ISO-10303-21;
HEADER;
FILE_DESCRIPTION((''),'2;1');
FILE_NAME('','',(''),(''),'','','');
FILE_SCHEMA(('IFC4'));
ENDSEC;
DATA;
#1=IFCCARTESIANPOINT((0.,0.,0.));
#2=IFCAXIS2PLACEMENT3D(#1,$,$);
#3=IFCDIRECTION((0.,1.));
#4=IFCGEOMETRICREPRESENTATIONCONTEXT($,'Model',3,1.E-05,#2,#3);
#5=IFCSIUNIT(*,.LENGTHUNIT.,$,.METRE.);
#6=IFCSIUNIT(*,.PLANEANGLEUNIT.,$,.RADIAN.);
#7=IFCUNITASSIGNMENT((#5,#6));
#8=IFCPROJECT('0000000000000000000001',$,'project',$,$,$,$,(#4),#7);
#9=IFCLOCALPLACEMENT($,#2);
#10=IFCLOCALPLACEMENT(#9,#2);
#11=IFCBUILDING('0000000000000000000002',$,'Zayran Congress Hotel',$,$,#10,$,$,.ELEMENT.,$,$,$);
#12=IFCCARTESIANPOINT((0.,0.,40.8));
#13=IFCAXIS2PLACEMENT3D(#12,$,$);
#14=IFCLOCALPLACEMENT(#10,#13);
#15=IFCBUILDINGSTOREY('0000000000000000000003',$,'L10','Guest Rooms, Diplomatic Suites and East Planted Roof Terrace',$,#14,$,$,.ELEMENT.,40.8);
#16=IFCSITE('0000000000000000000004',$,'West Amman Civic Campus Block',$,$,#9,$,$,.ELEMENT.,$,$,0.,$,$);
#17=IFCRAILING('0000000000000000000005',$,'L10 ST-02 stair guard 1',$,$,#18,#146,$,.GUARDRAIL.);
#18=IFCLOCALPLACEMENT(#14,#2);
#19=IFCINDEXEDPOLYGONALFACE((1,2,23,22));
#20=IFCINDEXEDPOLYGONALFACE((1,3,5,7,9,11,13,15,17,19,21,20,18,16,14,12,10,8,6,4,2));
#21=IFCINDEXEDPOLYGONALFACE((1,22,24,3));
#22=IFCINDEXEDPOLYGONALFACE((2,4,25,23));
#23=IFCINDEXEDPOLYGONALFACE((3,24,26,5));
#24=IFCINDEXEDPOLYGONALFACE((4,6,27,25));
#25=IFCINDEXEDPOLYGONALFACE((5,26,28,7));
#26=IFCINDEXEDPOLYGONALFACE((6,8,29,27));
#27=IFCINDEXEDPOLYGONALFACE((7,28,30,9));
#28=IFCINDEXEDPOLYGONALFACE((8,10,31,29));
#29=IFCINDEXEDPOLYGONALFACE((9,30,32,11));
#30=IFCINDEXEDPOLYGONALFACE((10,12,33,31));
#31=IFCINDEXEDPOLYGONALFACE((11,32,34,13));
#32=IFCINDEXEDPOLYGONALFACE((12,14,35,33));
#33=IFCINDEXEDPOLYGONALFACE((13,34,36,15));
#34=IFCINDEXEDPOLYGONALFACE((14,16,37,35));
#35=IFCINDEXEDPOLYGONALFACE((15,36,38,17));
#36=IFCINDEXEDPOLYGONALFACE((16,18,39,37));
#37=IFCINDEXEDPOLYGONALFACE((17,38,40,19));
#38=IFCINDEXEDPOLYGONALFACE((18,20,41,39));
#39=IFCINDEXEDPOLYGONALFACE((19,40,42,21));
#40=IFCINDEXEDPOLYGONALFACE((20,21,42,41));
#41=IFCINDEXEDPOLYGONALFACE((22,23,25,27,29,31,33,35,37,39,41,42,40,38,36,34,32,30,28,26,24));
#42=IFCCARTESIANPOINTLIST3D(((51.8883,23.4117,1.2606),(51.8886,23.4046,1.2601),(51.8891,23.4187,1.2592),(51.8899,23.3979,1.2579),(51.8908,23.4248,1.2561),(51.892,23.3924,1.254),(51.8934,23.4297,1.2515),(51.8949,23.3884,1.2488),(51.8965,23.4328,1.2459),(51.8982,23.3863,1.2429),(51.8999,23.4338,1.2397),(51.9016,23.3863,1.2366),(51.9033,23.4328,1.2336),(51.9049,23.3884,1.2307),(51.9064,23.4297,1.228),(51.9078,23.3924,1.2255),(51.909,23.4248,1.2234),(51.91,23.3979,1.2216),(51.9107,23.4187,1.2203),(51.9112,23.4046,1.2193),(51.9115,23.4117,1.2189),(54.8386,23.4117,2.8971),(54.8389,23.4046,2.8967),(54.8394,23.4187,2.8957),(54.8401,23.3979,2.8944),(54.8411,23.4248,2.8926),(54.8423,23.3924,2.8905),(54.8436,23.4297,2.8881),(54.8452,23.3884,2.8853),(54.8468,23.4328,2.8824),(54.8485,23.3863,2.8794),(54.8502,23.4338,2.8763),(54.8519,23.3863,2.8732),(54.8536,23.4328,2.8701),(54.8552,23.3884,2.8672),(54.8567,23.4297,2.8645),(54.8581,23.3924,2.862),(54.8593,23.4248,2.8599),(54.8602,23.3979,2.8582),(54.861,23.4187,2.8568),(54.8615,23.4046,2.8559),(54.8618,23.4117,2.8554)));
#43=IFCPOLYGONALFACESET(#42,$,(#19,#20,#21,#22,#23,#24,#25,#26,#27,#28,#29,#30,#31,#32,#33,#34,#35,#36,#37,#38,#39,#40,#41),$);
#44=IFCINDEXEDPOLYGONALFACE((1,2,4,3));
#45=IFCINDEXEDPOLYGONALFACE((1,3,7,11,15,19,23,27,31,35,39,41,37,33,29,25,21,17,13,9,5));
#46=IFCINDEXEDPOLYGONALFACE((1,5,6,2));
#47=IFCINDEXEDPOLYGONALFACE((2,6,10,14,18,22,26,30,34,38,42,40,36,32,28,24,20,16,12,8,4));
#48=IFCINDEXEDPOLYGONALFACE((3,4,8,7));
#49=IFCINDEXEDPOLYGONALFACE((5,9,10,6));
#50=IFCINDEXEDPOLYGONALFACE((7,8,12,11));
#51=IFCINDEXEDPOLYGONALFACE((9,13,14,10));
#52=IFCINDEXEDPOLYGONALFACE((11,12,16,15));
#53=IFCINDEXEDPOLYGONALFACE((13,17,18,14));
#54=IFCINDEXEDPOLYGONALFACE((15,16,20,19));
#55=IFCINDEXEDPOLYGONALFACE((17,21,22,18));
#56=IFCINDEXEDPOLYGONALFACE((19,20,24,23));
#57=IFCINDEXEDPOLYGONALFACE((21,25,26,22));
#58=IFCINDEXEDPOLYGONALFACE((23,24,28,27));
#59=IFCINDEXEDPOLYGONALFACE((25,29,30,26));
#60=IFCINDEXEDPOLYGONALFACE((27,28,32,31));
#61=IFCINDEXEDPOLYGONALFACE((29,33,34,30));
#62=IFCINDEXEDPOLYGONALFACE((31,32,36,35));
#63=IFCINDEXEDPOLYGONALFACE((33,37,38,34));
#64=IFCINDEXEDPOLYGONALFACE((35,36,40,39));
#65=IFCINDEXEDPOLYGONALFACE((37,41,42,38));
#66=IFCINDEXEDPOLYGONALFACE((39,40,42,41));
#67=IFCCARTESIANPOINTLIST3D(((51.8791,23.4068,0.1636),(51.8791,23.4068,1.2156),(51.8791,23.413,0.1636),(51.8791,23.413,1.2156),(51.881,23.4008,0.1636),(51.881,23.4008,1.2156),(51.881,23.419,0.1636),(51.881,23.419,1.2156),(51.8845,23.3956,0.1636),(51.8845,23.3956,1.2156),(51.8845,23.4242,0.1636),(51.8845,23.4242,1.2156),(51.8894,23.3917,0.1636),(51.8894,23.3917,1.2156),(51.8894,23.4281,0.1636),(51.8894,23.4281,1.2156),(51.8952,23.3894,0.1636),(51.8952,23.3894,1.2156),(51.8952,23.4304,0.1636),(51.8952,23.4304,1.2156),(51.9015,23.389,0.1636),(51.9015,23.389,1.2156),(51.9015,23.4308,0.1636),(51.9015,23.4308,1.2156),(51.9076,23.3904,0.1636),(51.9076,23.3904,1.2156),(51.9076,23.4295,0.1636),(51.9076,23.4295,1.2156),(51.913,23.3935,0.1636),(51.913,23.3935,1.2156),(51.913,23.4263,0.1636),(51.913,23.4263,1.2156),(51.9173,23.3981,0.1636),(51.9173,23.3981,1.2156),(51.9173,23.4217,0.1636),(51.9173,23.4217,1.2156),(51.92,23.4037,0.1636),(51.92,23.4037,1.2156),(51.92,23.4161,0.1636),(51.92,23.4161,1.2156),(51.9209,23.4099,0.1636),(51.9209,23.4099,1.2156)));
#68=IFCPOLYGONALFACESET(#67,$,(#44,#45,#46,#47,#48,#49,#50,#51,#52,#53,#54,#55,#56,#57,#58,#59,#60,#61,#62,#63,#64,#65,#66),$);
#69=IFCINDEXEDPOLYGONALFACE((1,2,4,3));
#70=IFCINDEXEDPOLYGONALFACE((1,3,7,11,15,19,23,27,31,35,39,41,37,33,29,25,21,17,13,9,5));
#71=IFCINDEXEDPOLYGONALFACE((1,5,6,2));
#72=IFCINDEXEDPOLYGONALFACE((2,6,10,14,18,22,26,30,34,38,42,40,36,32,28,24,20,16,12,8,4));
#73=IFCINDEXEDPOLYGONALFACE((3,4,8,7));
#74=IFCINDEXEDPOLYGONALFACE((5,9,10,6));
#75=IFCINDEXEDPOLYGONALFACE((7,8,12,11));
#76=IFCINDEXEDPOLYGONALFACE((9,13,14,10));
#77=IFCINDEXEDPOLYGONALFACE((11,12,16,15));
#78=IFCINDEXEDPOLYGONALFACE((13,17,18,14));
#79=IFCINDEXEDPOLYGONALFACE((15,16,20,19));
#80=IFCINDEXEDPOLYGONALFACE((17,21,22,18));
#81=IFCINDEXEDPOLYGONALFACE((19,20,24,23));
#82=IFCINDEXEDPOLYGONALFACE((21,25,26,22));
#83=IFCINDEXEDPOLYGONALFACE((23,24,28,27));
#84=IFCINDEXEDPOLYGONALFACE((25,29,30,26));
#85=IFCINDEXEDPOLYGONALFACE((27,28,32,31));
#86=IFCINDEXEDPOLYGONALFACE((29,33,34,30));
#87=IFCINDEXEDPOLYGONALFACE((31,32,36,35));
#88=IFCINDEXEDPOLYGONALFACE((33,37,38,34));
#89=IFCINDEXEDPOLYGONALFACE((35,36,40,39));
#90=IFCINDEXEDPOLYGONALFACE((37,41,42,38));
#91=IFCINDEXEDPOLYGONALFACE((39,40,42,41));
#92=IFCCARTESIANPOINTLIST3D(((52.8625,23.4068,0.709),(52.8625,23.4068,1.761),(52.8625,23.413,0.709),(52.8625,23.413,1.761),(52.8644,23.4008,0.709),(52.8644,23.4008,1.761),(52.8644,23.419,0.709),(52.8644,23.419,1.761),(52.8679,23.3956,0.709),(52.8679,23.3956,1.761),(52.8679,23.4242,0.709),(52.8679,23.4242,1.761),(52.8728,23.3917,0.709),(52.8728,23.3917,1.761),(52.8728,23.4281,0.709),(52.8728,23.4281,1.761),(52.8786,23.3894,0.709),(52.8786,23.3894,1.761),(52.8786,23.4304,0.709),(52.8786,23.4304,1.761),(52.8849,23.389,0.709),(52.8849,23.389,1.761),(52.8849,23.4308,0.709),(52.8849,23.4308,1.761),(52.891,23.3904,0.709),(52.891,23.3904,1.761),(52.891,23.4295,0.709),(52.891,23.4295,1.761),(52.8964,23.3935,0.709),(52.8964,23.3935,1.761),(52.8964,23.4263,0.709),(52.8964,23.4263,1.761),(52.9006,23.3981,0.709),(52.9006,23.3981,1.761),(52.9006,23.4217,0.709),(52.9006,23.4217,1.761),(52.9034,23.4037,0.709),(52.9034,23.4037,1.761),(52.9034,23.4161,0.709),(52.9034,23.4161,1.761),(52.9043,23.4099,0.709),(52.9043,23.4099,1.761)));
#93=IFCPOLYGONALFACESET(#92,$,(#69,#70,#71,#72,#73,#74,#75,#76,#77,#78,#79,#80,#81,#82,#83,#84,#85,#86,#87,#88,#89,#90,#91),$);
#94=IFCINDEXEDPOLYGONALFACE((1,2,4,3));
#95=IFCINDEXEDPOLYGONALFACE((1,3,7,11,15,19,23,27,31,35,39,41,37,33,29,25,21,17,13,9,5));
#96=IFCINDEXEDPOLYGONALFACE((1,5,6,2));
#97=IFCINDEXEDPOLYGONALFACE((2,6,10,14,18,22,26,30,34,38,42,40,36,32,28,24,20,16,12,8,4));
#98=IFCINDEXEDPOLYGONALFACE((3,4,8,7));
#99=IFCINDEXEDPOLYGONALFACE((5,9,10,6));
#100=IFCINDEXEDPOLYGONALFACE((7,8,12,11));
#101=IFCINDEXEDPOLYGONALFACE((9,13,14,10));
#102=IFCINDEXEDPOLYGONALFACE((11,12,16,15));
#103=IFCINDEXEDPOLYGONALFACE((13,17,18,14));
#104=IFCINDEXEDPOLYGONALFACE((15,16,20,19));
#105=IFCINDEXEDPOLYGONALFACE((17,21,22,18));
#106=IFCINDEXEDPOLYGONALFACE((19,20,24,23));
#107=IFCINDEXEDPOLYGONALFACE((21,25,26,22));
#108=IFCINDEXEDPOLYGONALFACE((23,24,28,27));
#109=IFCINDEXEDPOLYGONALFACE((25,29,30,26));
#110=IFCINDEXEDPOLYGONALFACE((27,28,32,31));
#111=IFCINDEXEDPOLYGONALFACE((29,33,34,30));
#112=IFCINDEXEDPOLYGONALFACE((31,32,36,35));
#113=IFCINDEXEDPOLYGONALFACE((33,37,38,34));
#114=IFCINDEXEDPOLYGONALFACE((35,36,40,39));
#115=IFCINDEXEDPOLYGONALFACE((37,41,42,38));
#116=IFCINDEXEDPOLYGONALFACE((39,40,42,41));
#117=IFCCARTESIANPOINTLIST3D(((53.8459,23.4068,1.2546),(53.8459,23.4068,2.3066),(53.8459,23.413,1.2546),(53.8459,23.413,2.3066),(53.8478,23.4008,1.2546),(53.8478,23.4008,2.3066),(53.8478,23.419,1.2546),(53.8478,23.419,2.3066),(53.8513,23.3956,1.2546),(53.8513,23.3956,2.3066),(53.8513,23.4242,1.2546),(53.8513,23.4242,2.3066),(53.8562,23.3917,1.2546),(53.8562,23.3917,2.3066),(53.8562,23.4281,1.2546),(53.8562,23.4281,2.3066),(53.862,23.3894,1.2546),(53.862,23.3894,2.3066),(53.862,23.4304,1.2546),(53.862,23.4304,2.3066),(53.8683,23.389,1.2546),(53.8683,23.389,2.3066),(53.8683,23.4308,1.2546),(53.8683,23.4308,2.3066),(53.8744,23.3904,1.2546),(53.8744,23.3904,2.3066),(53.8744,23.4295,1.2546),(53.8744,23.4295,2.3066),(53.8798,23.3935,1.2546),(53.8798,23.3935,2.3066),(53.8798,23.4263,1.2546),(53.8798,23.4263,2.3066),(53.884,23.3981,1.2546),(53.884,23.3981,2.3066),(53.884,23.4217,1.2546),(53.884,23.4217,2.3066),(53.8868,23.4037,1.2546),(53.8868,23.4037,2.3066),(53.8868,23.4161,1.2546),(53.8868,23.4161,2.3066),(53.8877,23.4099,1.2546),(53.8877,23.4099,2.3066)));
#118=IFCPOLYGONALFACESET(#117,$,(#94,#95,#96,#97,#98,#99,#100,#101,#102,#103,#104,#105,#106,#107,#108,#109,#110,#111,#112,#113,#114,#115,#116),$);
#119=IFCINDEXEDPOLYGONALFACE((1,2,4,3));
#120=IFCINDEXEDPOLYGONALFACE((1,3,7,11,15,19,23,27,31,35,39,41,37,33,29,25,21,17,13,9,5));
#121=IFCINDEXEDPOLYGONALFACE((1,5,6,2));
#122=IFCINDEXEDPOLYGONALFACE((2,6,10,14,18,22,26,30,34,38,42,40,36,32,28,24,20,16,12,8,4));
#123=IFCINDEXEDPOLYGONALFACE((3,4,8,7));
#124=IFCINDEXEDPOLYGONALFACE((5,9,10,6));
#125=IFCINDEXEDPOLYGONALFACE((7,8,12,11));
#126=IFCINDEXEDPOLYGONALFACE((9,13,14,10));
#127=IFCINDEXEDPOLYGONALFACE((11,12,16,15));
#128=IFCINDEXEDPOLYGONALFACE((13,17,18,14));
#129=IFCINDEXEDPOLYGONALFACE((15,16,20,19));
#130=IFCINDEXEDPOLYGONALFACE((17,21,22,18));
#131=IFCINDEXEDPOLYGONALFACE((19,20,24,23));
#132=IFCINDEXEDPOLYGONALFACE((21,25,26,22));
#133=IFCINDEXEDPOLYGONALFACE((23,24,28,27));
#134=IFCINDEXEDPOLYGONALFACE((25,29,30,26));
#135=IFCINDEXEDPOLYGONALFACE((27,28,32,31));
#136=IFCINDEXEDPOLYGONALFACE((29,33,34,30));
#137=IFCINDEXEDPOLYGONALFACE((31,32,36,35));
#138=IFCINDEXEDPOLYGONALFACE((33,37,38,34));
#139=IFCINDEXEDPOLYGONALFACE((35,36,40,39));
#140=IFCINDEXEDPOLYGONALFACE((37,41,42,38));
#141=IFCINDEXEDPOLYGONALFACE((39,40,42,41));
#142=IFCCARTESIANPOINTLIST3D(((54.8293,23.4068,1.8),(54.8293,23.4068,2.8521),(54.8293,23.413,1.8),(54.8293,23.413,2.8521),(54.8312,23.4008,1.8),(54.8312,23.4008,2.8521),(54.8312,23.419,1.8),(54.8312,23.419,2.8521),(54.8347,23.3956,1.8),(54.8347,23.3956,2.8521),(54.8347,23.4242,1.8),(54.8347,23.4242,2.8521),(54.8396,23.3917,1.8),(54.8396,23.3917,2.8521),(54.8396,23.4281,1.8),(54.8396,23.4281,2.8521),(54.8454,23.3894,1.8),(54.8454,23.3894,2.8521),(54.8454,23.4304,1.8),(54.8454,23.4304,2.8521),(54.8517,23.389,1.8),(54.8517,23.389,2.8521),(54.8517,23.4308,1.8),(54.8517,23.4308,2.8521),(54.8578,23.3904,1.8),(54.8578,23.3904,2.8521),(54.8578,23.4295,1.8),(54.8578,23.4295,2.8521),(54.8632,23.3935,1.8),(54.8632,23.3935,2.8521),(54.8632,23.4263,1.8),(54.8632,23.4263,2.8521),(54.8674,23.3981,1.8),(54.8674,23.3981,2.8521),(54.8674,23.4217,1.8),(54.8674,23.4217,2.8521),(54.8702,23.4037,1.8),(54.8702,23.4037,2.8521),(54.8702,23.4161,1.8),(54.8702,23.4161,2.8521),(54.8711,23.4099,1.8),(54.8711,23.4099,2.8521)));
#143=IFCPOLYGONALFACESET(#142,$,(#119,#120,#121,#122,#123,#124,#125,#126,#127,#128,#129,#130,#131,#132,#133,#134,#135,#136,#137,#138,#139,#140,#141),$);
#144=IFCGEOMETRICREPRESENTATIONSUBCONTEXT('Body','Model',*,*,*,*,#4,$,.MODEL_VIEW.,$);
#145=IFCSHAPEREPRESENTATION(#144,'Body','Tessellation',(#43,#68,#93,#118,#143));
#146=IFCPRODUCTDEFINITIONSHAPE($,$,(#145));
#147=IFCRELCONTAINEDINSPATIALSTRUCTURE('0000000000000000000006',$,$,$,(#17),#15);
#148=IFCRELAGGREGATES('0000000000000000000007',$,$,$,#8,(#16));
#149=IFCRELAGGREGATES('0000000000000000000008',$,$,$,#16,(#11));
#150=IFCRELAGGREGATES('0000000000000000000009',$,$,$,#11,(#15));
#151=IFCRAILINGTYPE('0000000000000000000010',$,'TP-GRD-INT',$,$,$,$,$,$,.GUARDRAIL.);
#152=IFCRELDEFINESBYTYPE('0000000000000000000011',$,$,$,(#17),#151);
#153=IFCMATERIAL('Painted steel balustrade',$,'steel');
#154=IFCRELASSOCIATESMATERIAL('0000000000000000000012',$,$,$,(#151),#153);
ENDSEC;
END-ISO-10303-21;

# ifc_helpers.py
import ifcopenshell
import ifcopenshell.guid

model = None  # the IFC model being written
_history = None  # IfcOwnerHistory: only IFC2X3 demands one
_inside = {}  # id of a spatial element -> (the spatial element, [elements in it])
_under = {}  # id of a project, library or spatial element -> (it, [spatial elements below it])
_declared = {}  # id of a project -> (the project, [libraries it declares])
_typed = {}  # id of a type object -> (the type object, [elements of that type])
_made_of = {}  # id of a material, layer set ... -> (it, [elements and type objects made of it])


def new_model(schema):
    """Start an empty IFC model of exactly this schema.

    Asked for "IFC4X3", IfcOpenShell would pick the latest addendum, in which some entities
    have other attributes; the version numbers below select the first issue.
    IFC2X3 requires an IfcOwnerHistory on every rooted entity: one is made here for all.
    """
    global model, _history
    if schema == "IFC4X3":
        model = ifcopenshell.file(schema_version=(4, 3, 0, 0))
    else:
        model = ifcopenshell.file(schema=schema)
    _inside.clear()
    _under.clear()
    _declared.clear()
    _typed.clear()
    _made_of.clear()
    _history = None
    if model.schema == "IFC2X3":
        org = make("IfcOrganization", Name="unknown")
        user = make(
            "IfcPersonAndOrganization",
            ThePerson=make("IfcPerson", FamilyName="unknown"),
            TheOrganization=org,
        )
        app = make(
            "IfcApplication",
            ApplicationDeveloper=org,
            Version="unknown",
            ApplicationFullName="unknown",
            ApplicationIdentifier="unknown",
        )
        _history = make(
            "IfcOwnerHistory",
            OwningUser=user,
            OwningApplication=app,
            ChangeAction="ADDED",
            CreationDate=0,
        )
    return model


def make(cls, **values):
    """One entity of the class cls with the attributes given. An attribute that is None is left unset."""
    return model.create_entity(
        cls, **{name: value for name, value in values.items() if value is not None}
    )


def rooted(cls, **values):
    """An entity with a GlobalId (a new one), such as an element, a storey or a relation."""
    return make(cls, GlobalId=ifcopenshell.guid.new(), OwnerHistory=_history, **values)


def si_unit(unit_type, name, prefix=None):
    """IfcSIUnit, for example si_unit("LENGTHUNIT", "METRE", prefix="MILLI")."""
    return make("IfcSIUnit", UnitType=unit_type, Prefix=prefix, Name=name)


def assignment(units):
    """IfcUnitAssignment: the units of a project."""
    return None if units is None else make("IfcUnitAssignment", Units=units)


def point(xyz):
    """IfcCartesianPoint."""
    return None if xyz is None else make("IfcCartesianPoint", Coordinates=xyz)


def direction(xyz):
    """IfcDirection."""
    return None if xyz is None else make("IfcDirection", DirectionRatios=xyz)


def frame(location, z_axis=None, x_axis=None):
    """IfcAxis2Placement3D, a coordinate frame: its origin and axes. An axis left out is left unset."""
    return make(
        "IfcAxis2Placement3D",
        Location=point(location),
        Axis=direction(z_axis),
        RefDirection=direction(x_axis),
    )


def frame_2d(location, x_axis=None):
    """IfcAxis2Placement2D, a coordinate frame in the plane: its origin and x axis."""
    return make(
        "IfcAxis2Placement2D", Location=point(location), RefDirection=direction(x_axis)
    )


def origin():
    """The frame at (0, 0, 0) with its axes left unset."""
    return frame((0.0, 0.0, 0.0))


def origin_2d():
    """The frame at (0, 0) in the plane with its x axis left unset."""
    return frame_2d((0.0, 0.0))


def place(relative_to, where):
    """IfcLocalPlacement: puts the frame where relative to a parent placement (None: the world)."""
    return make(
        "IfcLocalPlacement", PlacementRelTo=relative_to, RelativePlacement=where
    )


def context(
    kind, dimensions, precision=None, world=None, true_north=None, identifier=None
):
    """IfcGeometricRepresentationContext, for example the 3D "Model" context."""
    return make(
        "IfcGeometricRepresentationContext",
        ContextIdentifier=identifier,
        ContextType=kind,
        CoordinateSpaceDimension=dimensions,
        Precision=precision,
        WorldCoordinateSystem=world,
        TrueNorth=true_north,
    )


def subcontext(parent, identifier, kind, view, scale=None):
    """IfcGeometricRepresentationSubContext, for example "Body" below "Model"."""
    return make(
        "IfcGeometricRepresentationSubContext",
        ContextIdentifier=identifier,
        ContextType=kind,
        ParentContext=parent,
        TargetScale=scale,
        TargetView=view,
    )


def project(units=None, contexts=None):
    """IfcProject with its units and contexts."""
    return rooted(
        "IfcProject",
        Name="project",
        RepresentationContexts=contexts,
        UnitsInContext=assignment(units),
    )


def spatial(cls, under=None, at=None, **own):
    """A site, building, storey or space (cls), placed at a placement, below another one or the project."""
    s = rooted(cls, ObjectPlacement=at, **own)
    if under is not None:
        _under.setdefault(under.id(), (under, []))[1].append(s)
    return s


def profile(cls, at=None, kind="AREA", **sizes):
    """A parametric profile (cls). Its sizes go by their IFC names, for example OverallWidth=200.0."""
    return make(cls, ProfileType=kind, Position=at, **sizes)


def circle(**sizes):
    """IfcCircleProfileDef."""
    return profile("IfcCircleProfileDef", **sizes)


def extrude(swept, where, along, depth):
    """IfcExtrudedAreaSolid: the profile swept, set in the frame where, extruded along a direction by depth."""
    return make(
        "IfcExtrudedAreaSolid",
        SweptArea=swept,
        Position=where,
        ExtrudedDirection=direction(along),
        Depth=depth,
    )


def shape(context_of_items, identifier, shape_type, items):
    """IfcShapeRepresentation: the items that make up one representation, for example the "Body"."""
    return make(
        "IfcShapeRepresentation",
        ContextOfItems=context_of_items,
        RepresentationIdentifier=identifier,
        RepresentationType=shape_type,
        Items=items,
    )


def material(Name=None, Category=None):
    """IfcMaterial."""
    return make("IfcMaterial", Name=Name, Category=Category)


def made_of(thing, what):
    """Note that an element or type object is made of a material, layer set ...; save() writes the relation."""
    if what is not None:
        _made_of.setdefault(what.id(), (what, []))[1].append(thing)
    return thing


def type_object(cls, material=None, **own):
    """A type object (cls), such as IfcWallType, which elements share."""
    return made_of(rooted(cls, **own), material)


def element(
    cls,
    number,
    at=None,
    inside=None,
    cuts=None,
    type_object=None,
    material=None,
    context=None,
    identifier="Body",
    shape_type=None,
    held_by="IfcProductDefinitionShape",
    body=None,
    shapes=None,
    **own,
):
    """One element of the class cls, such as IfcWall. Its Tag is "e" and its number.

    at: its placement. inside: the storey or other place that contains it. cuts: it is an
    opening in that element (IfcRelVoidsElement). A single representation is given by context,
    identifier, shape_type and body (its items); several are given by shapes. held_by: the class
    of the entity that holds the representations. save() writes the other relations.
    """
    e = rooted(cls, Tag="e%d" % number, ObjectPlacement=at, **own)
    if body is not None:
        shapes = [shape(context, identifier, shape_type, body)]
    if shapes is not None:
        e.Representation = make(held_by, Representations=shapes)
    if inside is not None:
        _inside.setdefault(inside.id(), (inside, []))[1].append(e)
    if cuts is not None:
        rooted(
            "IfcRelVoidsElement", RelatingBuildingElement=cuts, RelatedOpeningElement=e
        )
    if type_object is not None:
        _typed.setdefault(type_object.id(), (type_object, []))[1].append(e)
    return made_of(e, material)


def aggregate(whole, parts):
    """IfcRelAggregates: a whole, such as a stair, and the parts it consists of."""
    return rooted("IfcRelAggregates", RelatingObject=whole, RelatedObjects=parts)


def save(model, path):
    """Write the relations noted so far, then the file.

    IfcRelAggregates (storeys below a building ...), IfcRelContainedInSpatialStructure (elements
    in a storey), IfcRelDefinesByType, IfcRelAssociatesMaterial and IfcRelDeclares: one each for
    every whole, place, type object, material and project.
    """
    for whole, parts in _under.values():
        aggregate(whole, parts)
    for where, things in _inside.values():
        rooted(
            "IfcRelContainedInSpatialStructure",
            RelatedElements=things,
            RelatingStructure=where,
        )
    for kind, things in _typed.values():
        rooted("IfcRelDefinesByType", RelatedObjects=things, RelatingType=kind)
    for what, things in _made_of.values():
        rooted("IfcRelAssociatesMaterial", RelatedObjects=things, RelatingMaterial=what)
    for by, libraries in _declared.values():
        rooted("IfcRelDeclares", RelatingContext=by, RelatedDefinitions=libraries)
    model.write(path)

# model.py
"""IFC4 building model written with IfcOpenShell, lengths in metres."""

from ifc_helpers import new_model, si_unit, direction, frame, origin, origin_2d, place, context, subcontext, project, spatial, circle, extrude, material, type_object, element, save


model = new_model("IFC4")

# Units and contexts
model_context = context("Model", 3, precision=1e-05, world=origin(), true_north=direction((0.0, 1.0)))
body_context = subcontext(model_context, "Body", "Model", "MODEL_VIEW")
ifc_project = project(units=[si_unit("LENGTHUNIT", "METRE"), si_unit("PLANEANGLEUNIT", "RADIAN")], contexts=[model_context])

# Site, building, storey
site_placement = place(None, origin())
site = spatial("IfcSite", under=ifc_project, at=site_placement, Name="West Amman Civic Campus Block", CompositionType="ELEMENT", RefElevation=0.0)
building_placement = place(site_placement, origin())
building = spatial("IfcBuilding", under=site, at=building_placement, Name="Zayran Congress Hotel", CompositionType="ELEMENT")
storey_placement = place(building_placement, frame((0.0, 0.0, 40.8)))
storey = spatial("IfcBuildingStorey", under=building, at=storey_placement, Name="L10", Description="Guest Rooms, Diplomatic Suites and East Planted Roof Terrace", CompositionType="ELEMENT", Elevation=40.8)

# Railing
ifc_material_1 = material(Name="Painted steel balustrade", Category="steel")
railing_type_1 = type_object("IfcRailingType", Name="TP-GRD-INT", PredefinedType="GUARDRAIL", material=ifc_material_1)
railing_1_placement = place(storey_placement, frame((51.8999, 23.4099, 0.1636)))
element("IfcRailing", 1, at=railing_1_placement, inside=storey, type_object=railing_type_1, Name="L10 ST-02 stair guard 1", PredefinedType="GUARDRAIL", context=body_context, shape_type="SweptSolid", body=[
    extrude(circle(Radius=0.0239, at=origin_2d()), frame((0.0, 0.0, 1.0762), z_axis=(0.874475, 0.0, 0.485071), x_axis=(0.0, 1.0, 0.0)), (0.0, 0.0, 1.0), 3.3738),
    extrude(circle(Radius=0.021, at=origin_2d()), origin(), (0.0, 0.0, 1.0), 1.052),
    extrude(circle(Radius=0.021, at=origin_2d()), frame((0.9834, 0.0, 0.5454)), (0.0, 0.0, 1.0), 1.052),
    extrude(circle(Radius=0.021, at=origin_2d()), frame((1.9668, 0.0, 1.0911)), (0.0, 0.0, 1.0), 1.052),
    extrude(circle(Radius=0.021, at=origin_2d()), frame((2.9502, 0.0, 1.6365)), (0.0, 0.0, 1.0), 1.052),
])

save(model, "model.ifc")
